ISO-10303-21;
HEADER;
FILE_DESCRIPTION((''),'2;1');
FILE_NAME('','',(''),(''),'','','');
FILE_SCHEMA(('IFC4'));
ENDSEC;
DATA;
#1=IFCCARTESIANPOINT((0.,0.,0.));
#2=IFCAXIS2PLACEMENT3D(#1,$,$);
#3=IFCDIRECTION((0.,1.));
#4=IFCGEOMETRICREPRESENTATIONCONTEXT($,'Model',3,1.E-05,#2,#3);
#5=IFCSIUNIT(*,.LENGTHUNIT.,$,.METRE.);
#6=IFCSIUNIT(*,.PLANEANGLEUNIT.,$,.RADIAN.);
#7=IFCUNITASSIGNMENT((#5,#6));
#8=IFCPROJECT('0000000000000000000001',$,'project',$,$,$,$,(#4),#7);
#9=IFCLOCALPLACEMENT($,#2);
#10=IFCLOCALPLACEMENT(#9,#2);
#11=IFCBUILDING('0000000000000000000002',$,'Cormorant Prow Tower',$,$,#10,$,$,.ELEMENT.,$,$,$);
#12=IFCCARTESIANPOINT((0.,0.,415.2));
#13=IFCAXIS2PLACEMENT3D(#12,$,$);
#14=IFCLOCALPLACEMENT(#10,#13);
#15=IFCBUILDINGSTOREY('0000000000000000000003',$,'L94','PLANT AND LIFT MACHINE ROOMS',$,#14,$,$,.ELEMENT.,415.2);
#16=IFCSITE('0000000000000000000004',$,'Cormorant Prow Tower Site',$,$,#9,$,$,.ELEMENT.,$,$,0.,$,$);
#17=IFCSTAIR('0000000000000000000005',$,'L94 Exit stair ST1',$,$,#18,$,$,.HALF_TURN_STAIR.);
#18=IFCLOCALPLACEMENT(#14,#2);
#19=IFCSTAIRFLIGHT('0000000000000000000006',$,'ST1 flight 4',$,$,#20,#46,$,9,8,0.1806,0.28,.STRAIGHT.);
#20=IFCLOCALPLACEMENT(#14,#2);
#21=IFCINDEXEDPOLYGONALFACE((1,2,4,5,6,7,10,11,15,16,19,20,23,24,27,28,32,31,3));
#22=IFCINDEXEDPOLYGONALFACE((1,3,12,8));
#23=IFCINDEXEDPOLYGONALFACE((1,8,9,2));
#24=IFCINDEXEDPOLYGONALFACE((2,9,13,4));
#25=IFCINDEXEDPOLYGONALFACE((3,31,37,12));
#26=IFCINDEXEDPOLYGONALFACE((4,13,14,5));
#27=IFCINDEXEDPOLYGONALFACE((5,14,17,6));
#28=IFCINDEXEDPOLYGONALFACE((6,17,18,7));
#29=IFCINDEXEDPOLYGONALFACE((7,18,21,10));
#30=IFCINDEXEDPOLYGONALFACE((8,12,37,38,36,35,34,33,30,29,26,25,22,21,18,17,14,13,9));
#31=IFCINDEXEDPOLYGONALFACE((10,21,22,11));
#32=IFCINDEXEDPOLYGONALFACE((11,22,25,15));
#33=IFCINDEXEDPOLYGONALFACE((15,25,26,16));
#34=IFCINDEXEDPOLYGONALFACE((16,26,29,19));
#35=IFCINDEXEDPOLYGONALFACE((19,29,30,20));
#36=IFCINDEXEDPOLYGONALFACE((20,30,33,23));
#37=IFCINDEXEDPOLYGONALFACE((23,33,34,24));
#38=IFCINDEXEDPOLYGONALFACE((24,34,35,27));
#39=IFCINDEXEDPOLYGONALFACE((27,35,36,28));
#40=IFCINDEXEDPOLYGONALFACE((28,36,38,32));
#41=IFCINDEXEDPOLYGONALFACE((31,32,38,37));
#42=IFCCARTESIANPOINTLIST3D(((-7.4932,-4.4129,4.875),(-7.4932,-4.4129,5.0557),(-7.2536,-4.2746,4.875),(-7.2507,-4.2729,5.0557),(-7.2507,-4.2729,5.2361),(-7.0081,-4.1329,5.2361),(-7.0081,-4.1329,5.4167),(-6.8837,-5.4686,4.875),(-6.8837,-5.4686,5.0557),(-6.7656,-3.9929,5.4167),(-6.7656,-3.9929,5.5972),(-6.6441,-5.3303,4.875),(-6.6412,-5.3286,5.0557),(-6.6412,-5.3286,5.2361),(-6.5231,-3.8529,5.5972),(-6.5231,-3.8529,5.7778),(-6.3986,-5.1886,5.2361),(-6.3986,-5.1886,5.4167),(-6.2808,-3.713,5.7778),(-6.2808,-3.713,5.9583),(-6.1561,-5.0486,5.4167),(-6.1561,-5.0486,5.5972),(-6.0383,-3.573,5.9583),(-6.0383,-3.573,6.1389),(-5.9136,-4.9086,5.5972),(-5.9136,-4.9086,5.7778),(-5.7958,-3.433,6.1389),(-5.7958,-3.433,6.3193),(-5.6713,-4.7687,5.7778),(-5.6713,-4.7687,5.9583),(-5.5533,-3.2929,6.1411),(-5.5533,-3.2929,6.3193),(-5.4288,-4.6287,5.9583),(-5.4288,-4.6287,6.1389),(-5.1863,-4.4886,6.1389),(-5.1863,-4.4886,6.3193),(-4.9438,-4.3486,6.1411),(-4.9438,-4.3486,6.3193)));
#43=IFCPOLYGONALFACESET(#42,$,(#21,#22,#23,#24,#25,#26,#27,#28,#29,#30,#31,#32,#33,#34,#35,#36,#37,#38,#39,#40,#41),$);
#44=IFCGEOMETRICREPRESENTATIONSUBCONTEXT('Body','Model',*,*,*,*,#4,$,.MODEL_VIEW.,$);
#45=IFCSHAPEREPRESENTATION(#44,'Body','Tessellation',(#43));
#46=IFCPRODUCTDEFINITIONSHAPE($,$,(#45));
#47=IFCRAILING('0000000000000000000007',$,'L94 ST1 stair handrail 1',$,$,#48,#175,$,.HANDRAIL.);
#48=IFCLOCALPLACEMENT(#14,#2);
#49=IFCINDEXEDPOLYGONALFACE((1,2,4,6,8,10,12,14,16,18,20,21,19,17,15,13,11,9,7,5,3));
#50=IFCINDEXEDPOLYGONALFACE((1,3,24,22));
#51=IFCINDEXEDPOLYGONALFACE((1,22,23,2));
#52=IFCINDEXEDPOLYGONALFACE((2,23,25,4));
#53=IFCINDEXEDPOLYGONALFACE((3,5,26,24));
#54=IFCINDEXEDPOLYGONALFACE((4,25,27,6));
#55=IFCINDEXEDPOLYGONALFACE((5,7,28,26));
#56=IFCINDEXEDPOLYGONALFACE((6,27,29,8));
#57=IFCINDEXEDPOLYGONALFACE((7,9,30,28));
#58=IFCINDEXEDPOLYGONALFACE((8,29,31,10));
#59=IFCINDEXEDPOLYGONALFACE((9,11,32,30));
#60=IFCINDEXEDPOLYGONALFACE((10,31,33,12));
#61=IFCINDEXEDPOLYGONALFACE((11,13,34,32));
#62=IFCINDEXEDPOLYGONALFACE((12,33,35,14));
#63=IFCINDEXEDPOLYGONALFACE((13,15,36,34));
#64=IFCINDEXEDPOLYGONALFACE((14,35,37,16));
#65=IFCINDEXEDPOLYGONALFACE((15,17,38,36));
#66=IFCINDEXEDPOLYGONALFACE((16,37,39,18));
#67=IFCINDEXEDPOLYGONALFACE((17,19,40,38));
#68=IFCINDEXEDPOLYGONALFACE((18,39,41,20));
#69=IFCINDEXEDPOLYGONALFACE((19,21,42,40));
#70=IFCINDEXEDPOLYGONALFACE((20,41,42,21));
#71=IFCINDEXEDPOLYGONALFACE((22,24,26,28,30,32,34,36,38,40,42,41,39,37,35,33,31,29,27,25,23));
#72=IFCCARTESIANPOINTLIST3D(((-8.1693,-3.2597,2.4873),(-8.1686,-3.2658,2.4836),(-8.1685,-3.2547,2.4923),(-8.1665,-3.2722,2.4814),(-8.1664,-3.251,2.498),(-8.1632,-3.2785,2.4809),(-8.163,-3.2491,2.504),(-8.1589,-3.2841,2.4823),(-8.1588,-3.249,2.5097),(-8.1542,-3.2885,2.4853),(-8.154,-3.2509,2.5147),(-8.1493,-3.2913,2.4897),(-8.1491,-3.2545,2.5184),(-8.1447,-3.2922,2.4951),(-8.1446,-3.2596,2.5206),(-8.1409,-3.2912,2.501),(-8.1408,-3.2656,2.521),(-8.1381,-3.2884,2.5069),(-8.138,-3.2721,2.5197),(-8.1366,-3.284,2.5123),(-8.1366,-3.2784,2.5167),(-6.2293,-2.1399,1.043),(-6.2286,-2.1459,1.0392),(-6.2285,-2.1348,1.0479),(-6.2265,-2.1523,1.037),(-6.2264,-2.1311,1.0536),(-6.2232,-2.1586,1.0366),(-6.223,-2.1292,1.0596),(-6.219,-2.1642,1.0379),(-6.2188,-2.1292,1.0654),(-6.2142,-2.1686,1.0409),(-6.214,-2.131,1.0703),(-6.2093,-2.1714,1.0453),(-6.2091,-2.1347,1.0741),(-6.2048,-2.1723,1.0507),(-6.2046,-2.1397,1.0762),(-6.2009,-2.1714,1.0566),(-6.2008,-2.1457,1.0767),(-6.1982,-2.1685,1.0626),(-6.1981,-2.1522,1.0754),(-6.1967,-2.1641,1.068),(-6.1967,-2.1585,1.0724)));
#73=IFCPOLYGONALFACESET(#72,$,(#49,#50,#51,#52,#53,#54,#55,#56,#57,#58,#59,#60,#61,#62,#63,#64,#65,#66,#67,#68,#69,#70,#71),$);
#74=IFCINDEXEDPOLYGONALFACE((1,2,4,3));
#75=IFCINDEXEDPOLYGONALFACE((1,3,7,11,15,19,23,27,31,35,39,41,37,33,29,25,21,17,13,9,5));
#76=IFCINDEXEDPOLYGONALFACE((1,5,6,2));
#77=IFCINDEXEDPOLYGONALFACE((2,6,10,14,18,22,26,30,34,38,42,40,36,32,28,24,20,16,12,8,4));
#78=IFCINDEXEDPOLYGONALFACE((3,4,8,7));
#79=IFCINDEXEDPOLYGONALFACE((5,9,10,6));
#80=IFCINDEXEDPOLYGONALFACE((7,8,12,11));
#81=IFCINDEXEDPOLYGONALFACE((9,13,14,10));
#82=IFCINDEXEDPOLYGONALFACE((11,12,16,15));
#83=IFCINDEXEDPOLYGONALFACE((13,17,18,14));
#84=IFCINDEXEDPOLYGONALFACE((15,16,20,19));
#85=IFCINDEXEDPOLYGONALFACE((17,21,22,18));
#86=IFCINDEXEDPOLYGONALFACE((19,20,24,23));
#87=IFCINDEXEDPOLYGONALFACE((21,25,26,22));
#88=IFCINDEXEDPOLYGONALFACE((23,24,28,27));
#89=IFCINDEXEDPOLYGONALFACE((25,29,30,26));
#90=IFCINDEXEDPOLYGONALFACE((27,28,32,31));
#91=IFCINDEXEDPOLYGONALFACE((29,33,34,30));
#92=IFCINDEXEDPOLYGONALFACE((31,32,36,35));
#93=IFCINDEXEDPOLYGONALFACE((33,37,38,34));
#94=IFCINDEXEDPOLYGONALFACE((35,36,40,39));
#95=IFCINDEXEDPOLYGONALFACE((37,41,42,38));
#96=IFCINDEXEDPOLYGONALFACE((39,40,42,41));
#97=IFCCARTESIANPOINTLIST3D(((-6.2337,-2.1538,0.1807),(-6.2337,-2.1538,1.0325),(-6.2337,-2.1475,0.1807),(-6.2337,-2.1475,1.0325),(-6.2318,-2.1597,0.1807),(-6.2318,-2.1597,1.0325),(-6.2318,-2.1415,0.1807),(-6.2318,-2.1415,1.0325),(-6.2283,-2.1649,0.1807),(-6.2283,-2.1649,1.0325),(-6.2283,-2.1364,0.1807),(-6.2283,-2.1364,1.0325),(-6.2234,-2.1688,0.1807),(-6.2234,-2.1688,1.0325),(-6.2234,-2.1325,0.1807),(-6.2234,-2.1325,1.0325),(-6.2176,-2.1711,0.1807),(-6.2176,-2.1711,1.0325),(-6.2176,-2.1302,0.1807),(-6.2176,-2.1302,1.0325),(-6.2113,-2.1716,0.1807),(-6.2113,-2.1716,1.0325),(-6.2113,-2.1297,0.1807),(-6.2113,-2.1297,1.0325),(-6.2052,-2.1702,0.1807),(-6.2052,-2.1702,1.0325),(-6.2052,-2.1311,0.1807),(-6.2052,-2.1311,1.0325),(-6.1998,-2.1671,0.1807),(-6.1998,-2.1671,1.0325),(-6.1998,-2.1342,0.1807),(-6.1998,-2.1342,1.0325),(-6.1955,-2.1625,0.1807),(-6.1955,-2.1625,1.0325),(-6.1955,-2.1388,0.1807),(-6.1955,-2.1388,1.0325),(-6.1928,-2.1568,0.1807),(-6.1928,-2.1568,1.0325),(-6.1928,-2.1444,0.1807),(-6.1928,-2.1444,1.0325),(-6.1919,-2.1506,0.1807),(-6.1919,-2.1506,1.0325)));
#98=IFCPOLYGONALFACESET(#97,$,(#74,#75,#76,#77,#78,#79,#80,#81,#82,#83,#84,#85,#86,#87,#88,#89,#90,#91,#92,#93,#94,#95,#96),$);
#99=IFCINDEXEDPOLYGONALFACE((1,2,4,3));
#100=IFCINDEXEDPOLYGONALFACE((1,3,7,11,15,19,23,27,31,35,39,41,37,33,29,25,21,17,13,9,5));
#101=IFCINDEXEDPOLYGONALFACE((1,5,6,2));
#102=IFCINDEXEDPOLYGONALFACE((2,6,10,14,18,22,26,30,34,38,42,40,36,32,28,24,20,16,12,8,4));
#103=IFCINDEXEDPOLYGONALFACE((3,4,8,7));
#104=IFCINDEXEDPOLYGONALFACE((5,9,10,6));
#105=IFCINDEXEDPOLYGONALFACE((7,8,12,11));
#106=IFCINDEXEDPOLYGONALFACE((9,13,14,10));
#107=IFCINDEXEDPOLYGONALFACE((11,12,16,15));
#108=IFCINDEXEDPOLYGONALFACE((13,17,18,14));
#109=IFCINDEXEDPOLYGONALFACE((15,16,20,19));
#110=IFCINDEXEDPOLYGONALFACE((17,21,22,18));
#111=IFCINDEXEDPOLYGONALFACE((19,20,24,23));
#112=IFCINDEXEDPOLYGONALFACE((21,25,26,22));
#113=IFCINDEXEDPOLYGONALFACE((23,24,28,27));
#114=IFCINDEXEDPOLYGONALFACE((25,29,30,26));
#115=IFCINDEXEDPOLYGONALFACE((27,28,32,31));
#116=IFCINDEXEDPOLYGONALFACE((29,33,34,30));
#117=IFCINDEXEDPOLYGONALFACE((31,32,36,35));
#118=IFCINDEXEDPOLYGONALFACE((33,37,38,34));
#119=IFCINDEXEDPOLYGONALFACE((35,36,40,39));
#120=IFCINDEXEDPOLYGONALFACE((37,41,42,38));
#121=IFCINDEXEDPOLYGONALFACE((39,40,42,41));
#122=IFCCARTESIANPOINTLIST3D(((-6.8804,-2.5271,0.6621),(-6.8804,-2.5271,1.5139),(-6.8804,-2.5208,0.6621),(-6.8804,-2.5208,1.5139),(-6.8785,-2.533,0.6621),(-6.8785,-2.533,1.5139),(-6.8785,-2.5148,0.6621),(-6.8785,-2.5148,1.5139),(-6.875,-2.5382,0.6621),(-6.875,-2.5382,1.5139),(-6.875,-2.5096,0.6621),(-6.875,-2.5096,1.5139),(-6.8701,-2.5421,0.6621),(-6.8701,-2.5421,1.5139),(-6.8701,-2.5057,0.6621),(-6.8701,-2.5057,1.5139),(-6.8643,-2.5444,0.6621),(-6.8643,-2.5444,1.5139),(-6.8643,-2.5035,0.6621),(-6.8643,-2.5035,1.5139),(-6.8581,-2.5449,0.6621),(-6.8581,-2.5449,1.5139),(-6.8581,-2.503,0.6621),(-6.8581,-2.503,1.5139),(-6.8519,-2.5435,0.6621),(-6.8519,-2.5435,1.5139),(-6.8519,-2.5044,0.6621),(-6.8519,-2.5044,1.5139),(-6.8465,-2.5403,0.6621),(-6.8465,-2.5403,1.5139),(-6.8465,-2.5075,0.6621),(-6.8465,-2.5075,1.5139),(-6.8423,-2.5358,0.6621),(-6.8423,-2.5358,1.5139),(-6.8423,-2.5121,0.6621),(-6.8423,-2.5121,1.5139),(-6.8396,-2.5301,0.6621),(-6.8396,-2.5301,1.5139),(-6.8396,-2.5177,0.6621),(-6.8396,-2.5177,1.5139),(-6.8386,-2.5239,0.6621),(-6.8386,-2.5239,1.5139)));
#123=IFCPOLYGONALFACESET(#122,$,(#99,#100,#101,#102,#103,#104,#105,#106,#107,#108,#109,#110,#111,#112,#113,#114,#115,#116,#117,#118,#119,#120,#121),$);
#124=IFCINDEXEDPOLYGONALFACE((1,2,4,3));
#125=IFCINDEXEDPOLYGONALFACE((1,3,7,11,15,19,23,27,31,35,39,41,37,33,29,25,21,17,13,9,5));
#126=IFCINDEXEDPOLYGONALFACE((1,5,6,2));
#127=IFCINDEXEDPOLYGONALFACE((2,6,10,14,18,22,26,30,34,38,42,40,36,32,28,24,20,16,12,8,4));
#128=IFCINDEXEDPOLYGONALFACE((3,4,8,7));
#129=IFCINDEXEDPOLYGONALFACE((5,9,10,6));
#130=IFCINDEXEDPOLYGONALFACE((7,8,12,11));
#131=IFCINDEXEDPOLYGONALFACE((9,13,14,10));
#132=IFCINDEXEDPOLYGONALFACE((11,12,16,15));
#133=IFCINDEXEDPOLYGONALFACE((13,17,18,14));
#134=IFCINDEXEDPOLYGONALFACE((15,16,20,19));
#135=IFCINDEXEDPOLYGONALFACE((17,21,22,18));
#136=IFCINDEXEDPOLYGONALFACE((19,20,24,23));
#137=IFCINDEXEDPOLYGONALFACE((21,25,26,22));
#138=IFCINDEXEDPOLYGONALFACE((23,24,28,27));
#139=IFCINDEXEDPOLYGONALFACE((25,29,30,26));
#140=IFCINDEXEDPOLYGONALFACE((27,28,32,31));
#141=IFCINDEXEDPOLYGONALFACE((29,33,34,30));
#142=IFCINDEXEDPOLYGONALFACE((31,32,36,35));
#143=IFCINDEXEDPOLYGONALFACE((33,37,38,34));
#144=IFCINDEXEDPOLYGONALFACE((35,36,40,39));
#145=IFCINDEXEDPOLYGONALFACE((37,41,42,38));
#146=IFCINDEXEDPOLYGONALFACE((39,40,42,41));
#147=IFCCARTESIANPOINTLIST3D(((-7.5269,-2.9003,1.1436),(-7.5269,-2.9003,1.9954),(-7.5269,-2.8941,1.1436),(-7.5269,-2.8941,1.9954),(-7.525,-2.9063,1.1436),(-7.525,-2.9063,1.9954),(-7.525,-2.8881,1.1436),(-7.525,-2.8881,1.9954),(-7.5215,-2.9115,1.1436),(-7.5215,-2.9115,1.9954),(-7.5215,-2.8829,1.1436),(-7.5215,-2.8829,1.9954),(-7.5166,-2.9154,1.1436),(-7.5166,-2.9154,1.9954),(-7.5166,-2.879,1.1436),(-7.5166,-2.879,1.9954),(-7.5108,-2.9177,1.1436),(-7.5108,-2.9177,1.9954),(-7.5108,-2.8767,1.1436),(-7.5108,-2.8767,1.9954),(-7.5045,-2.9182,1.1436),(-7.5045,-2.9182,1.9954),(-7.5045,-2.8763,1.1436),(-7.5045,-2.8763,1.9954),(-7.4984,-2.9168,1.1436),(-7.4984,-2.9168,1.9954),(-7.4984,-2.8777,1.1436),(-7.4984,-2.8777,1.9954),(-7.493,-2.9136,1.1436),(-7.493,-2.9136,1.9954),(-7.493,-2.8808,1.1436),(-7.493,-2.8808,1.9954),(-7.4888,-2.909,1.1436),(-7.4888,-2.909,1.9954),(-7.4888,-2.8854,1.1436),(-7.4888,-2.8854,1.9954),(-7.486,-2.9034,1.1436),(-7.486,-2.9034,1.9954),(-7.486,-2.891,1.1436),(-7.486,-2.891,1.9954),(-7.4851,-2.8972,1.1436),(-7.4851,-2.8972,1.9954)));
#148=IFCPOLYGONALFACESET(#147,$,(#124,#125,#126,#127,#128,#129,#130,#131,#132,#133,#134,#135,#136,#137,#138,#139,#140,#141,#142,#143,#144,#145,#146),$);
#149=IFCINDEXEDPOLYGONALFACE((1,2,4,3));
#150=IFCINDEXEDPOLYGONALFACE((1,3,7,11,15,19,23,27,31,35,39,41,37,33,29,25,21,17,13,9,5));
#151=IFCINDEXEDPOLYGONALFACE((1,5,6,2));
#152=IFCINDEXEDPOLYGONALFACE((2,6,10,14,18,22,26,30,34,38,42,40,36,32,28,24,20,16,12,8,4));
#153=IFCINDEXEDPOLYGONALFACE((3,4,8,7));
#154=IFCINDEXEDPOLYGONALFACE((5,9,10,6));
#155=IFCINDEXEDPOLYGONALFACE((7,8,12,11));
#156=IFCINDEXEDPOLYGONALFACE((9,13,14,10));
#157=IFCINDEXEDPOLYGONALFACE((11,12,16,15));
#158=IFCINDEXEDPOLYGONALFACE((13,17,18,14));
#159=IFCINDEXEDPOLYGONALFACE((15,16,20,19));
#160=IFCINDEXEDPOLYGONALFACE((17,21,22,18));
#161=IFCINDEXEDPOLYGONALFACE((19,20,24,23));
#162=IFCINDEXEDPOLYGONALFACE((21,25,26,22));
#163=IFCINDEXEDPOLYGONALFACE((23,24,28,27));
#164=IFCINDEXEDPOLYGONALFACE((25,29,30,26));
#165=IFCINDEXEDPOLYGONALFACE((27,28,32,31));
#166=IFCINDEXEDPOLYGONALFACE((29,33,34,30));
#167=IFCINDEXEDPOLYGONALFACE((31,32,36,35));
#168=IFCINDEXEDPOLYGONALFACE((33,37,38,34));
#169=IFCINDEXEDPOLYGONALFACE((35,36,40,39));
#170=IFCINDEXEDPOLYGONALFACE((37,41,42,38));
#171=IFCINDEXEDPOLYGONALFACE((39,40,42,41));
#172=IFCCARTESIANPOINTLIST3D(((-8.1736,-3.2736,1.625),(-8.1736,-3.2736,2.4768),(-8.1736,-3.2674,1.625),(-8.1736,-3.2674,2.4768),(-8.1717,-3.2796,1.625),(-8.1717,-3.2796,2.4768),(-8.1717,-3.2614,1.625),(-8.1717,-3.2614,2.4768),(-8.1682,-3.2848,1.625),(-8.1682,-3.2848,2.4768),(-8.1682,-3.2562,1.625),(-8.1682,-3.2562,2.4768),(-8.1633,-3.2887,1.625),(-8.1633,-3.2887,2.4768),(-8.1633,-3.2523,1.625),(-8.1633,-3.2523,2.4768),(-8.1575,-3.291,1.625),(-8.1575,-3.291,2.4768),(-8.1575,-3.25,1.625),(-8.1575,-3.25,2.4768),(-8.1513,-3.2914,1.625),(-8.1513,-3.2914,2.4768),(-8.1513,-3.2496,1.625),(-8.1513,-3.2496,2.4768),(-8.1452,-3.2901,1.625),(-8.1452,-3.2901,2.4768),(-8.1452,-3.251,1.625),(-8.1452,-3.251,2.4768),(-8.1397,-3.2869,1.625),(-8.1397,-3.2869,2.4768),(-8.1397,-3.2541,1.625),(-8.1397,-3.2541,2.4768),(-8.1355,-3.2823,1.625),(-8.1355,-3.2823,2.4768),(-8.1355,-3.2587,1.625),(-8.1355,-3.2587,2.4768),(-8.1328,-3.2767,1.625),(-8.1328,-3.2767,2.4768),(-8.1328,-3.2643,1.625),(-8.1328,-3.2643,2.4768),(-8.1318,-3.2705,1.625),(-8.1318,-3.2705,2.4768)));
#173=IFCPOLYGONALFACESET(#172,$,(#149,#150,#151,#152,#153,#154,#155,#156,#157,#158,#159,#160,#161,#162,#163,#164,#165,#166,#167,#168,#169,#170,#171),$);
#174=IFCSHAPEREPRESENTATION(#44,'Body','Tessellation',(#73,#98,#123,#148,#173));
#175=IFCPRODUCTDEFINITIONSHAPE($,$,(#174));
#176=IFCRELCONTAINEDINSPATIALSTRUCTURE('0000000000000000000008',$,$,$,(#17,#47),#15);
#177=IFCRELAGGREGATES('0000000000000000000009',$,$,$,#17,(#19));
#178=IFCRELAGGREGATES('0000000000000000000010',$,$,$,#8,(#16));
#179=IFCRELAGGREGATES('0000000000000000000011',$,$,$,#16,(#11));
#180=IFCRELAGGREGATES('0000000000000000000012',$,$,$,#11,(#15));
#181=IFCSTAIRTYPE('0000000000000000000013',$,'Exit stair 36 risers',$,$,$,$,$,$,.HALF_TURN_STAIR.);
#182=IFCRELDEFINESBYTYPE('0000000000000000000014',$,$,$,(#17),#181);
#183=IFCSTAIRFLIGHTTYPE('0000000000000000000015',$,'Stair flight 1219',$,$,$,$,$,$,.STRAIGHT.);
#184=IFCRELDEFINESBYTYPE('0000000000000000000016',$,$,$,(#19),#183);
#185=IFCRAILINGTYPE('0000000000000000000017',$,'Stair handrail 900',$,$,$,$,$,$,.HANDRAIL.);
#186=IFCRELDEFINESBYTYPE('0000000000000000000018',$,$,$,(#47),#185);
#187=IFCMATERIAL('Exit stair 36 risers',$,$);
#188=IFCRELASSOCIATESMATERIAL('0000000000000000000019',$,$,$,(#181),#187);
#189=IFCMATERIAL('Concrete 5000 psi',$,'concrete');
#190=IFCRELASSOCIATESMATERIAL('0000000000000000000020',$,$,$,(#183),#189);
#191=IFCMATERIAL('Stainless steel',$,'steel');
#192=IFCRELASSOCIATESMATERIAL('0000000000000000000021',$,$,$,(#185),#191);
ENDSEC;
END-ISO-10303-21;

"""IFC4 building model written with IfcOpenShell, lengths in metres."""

from ifc_helpers import new_model, si_unit, direction, frame, origin, origin_2d, place, context, subcontext, project, spatial, polyline, circle, outline, extrude, material, type_object, element, aggregate, save


model = new_model("IFC4")

# Units and contexts
model_context = context("Model", 3, precision=1e-05, world=origin(), true_north=direction((0.0, 1.0)))
body_context = subcontext(model_context, "Body", "Model", "MODEL_VIEW")
ifc_project = project(units=[si_unit("LENGTHUNIT", "METRE"), si_unit("PLANEANGLEUNIT", "RADIAN")], contexts=[model_context])

# Site, building, storey
site_placement = place(None, origin())
site = spatial("IfcSite", under=ifc_project, at=site_placement, Name="Cormorant Prow Tower Site", CompositionType="ELEMENT", RefElevation=0.0)
building_placement = place(site_placement, origin())
building = spatial("IfcBuilding", under=site, at=building_placement, Name="Cormorant Prow Tower", CompositionType="ELEMENT")
storey_placement = place(building_placement, frame((0.0, 0.0, 415.2)))
storey = spatial("IfcBuildingStorey", under=building, at=storey_placement, Name="L94", Description="PLANT AND LIFT MACHINE ROOMS", CompositionType="ELEMENT", Elevation=415.2)

# Stair, stair flight
ifc_material_1 = material(Name="Exit stair 36 risers")
stair_type = type_object("IfcStairType", Name="Exit stair 36 risers", PredefinedType="HALF_TURN_STAIR", material=ifc_material_1)
stair_placement = place(storey_placement, origin())
stair = element("IfcStair", 1, at=stair_placement, inside=storey, type_object=stair_type, Name="L94 Exit stair ST1", PredefinedType="HALF_TURN_STAIR")
ifc_material_2 = material(Name="Concrete 5000 psi", Category="concrete")
stair_flight_type = type_object("IfcStairFlightType", Name="Stair flight 1219", PredefinedType="STRAIGHT", material=ifc_material_2)
stair_flight_1_placement = place(storey_placement, frame((-7.1885, -4.9407, 4.875), z_axis=(0.0, 0.0, 1.0), x_axis=(0.866025, 0.5, 0.0)))
stair_flight_1 = element("IfcStairFlight", 2, at=stair_flight_1_placement, type_object=stair_flight_type, Name="ST1 flight 4", NumberOfRisers=9, NumberOfTreads=8, PredefinedType="STRAIGHT", RiserHeight=0.1806, TreadLength=0.28, context=body_context, shape_type="SweptSolid", body=[
    extrude(outline(polyline([(0.0, 0.0), (0.0, 0.1807), (0.28, 0.1807), (0.28, 0.3611), (0.5601, 0.3611), (0.5601, 0.5417), (0.8401, 0.5417), (0.8401, 0.7222), (1.1201, 0.7222), (1.1201, 0.9028), (1.3999, 0.9028), (1.3999, 1.0833), (1.6799, 1.0833), (1.6799, 1.2639), (1.96, 1.2639), (1.96, 1.4443), (2.24, 1.4443), (2.24, 1.625), (2.24, 1.2661), (0.2766, 0.0), (0.0, 0.0)])), frame((0.0, 0.6094, 0.0), z_axis=(0.0, -1.0, 0.0), x_axis=(1.0, 0.0, 0.0)), (0.0, 0.0, 1.0), 1.219),
])
aggregate(stair, [stair_flight_1])

# Railing
ifc_material_3 = material(Name="Stainless steel", Category="steel")
railing_type_1 = type_object("IfcRailingType", Name="Stair handrail 900", PredefinedType="HANDRAIL", material=ifc_material_3)
railing_1_placement = place(storey_placement, frame((-6.2129, -2.1506, 0.1807)))
element("IfcRailing", 3, at=railing_1_placement, inside=storey, type_object=railing_type_1, Name="L94 ST1 stair handrail 1", PredefinedType="HANDRAIL", context=body_context, shape_type="SweptSolid", body=[
    extrude(circle(Radius=0.0239, at=origin_2d()), frame((0.0, 0.0, 0.876), z_axis=(-0.727863, -0.420175, 0.541912), x_axis=(0.499949, -0.866055, 0.0)), (0.0, 0.0, 1.0), 2.6653),
    extrude(circle(Radius=0.021, at=origin_2d()), origin(), (0.0, 0.0, 1.0), 0.8518),
    extrude(circle(Radius=0.021, at=origin_2d()), frame((-0.6467, -0.3733, 0.4814)), (0.0, 0.0, 1.0), 0.8518),
    extrude(circle(Radius=0.021, at=origin_2d()), frame((-1.2932, -0.7466, 0.9629)), (0.0, 0.0, 1.0), 0.8518),
    extrude(circle(Radius=0.021, at=origin_2d()), frame((-1.9399, -1.1199, 1.4443)), (0.0, 0.0, 1.0), 0.8518),
])

save(model, "model.ifc")
